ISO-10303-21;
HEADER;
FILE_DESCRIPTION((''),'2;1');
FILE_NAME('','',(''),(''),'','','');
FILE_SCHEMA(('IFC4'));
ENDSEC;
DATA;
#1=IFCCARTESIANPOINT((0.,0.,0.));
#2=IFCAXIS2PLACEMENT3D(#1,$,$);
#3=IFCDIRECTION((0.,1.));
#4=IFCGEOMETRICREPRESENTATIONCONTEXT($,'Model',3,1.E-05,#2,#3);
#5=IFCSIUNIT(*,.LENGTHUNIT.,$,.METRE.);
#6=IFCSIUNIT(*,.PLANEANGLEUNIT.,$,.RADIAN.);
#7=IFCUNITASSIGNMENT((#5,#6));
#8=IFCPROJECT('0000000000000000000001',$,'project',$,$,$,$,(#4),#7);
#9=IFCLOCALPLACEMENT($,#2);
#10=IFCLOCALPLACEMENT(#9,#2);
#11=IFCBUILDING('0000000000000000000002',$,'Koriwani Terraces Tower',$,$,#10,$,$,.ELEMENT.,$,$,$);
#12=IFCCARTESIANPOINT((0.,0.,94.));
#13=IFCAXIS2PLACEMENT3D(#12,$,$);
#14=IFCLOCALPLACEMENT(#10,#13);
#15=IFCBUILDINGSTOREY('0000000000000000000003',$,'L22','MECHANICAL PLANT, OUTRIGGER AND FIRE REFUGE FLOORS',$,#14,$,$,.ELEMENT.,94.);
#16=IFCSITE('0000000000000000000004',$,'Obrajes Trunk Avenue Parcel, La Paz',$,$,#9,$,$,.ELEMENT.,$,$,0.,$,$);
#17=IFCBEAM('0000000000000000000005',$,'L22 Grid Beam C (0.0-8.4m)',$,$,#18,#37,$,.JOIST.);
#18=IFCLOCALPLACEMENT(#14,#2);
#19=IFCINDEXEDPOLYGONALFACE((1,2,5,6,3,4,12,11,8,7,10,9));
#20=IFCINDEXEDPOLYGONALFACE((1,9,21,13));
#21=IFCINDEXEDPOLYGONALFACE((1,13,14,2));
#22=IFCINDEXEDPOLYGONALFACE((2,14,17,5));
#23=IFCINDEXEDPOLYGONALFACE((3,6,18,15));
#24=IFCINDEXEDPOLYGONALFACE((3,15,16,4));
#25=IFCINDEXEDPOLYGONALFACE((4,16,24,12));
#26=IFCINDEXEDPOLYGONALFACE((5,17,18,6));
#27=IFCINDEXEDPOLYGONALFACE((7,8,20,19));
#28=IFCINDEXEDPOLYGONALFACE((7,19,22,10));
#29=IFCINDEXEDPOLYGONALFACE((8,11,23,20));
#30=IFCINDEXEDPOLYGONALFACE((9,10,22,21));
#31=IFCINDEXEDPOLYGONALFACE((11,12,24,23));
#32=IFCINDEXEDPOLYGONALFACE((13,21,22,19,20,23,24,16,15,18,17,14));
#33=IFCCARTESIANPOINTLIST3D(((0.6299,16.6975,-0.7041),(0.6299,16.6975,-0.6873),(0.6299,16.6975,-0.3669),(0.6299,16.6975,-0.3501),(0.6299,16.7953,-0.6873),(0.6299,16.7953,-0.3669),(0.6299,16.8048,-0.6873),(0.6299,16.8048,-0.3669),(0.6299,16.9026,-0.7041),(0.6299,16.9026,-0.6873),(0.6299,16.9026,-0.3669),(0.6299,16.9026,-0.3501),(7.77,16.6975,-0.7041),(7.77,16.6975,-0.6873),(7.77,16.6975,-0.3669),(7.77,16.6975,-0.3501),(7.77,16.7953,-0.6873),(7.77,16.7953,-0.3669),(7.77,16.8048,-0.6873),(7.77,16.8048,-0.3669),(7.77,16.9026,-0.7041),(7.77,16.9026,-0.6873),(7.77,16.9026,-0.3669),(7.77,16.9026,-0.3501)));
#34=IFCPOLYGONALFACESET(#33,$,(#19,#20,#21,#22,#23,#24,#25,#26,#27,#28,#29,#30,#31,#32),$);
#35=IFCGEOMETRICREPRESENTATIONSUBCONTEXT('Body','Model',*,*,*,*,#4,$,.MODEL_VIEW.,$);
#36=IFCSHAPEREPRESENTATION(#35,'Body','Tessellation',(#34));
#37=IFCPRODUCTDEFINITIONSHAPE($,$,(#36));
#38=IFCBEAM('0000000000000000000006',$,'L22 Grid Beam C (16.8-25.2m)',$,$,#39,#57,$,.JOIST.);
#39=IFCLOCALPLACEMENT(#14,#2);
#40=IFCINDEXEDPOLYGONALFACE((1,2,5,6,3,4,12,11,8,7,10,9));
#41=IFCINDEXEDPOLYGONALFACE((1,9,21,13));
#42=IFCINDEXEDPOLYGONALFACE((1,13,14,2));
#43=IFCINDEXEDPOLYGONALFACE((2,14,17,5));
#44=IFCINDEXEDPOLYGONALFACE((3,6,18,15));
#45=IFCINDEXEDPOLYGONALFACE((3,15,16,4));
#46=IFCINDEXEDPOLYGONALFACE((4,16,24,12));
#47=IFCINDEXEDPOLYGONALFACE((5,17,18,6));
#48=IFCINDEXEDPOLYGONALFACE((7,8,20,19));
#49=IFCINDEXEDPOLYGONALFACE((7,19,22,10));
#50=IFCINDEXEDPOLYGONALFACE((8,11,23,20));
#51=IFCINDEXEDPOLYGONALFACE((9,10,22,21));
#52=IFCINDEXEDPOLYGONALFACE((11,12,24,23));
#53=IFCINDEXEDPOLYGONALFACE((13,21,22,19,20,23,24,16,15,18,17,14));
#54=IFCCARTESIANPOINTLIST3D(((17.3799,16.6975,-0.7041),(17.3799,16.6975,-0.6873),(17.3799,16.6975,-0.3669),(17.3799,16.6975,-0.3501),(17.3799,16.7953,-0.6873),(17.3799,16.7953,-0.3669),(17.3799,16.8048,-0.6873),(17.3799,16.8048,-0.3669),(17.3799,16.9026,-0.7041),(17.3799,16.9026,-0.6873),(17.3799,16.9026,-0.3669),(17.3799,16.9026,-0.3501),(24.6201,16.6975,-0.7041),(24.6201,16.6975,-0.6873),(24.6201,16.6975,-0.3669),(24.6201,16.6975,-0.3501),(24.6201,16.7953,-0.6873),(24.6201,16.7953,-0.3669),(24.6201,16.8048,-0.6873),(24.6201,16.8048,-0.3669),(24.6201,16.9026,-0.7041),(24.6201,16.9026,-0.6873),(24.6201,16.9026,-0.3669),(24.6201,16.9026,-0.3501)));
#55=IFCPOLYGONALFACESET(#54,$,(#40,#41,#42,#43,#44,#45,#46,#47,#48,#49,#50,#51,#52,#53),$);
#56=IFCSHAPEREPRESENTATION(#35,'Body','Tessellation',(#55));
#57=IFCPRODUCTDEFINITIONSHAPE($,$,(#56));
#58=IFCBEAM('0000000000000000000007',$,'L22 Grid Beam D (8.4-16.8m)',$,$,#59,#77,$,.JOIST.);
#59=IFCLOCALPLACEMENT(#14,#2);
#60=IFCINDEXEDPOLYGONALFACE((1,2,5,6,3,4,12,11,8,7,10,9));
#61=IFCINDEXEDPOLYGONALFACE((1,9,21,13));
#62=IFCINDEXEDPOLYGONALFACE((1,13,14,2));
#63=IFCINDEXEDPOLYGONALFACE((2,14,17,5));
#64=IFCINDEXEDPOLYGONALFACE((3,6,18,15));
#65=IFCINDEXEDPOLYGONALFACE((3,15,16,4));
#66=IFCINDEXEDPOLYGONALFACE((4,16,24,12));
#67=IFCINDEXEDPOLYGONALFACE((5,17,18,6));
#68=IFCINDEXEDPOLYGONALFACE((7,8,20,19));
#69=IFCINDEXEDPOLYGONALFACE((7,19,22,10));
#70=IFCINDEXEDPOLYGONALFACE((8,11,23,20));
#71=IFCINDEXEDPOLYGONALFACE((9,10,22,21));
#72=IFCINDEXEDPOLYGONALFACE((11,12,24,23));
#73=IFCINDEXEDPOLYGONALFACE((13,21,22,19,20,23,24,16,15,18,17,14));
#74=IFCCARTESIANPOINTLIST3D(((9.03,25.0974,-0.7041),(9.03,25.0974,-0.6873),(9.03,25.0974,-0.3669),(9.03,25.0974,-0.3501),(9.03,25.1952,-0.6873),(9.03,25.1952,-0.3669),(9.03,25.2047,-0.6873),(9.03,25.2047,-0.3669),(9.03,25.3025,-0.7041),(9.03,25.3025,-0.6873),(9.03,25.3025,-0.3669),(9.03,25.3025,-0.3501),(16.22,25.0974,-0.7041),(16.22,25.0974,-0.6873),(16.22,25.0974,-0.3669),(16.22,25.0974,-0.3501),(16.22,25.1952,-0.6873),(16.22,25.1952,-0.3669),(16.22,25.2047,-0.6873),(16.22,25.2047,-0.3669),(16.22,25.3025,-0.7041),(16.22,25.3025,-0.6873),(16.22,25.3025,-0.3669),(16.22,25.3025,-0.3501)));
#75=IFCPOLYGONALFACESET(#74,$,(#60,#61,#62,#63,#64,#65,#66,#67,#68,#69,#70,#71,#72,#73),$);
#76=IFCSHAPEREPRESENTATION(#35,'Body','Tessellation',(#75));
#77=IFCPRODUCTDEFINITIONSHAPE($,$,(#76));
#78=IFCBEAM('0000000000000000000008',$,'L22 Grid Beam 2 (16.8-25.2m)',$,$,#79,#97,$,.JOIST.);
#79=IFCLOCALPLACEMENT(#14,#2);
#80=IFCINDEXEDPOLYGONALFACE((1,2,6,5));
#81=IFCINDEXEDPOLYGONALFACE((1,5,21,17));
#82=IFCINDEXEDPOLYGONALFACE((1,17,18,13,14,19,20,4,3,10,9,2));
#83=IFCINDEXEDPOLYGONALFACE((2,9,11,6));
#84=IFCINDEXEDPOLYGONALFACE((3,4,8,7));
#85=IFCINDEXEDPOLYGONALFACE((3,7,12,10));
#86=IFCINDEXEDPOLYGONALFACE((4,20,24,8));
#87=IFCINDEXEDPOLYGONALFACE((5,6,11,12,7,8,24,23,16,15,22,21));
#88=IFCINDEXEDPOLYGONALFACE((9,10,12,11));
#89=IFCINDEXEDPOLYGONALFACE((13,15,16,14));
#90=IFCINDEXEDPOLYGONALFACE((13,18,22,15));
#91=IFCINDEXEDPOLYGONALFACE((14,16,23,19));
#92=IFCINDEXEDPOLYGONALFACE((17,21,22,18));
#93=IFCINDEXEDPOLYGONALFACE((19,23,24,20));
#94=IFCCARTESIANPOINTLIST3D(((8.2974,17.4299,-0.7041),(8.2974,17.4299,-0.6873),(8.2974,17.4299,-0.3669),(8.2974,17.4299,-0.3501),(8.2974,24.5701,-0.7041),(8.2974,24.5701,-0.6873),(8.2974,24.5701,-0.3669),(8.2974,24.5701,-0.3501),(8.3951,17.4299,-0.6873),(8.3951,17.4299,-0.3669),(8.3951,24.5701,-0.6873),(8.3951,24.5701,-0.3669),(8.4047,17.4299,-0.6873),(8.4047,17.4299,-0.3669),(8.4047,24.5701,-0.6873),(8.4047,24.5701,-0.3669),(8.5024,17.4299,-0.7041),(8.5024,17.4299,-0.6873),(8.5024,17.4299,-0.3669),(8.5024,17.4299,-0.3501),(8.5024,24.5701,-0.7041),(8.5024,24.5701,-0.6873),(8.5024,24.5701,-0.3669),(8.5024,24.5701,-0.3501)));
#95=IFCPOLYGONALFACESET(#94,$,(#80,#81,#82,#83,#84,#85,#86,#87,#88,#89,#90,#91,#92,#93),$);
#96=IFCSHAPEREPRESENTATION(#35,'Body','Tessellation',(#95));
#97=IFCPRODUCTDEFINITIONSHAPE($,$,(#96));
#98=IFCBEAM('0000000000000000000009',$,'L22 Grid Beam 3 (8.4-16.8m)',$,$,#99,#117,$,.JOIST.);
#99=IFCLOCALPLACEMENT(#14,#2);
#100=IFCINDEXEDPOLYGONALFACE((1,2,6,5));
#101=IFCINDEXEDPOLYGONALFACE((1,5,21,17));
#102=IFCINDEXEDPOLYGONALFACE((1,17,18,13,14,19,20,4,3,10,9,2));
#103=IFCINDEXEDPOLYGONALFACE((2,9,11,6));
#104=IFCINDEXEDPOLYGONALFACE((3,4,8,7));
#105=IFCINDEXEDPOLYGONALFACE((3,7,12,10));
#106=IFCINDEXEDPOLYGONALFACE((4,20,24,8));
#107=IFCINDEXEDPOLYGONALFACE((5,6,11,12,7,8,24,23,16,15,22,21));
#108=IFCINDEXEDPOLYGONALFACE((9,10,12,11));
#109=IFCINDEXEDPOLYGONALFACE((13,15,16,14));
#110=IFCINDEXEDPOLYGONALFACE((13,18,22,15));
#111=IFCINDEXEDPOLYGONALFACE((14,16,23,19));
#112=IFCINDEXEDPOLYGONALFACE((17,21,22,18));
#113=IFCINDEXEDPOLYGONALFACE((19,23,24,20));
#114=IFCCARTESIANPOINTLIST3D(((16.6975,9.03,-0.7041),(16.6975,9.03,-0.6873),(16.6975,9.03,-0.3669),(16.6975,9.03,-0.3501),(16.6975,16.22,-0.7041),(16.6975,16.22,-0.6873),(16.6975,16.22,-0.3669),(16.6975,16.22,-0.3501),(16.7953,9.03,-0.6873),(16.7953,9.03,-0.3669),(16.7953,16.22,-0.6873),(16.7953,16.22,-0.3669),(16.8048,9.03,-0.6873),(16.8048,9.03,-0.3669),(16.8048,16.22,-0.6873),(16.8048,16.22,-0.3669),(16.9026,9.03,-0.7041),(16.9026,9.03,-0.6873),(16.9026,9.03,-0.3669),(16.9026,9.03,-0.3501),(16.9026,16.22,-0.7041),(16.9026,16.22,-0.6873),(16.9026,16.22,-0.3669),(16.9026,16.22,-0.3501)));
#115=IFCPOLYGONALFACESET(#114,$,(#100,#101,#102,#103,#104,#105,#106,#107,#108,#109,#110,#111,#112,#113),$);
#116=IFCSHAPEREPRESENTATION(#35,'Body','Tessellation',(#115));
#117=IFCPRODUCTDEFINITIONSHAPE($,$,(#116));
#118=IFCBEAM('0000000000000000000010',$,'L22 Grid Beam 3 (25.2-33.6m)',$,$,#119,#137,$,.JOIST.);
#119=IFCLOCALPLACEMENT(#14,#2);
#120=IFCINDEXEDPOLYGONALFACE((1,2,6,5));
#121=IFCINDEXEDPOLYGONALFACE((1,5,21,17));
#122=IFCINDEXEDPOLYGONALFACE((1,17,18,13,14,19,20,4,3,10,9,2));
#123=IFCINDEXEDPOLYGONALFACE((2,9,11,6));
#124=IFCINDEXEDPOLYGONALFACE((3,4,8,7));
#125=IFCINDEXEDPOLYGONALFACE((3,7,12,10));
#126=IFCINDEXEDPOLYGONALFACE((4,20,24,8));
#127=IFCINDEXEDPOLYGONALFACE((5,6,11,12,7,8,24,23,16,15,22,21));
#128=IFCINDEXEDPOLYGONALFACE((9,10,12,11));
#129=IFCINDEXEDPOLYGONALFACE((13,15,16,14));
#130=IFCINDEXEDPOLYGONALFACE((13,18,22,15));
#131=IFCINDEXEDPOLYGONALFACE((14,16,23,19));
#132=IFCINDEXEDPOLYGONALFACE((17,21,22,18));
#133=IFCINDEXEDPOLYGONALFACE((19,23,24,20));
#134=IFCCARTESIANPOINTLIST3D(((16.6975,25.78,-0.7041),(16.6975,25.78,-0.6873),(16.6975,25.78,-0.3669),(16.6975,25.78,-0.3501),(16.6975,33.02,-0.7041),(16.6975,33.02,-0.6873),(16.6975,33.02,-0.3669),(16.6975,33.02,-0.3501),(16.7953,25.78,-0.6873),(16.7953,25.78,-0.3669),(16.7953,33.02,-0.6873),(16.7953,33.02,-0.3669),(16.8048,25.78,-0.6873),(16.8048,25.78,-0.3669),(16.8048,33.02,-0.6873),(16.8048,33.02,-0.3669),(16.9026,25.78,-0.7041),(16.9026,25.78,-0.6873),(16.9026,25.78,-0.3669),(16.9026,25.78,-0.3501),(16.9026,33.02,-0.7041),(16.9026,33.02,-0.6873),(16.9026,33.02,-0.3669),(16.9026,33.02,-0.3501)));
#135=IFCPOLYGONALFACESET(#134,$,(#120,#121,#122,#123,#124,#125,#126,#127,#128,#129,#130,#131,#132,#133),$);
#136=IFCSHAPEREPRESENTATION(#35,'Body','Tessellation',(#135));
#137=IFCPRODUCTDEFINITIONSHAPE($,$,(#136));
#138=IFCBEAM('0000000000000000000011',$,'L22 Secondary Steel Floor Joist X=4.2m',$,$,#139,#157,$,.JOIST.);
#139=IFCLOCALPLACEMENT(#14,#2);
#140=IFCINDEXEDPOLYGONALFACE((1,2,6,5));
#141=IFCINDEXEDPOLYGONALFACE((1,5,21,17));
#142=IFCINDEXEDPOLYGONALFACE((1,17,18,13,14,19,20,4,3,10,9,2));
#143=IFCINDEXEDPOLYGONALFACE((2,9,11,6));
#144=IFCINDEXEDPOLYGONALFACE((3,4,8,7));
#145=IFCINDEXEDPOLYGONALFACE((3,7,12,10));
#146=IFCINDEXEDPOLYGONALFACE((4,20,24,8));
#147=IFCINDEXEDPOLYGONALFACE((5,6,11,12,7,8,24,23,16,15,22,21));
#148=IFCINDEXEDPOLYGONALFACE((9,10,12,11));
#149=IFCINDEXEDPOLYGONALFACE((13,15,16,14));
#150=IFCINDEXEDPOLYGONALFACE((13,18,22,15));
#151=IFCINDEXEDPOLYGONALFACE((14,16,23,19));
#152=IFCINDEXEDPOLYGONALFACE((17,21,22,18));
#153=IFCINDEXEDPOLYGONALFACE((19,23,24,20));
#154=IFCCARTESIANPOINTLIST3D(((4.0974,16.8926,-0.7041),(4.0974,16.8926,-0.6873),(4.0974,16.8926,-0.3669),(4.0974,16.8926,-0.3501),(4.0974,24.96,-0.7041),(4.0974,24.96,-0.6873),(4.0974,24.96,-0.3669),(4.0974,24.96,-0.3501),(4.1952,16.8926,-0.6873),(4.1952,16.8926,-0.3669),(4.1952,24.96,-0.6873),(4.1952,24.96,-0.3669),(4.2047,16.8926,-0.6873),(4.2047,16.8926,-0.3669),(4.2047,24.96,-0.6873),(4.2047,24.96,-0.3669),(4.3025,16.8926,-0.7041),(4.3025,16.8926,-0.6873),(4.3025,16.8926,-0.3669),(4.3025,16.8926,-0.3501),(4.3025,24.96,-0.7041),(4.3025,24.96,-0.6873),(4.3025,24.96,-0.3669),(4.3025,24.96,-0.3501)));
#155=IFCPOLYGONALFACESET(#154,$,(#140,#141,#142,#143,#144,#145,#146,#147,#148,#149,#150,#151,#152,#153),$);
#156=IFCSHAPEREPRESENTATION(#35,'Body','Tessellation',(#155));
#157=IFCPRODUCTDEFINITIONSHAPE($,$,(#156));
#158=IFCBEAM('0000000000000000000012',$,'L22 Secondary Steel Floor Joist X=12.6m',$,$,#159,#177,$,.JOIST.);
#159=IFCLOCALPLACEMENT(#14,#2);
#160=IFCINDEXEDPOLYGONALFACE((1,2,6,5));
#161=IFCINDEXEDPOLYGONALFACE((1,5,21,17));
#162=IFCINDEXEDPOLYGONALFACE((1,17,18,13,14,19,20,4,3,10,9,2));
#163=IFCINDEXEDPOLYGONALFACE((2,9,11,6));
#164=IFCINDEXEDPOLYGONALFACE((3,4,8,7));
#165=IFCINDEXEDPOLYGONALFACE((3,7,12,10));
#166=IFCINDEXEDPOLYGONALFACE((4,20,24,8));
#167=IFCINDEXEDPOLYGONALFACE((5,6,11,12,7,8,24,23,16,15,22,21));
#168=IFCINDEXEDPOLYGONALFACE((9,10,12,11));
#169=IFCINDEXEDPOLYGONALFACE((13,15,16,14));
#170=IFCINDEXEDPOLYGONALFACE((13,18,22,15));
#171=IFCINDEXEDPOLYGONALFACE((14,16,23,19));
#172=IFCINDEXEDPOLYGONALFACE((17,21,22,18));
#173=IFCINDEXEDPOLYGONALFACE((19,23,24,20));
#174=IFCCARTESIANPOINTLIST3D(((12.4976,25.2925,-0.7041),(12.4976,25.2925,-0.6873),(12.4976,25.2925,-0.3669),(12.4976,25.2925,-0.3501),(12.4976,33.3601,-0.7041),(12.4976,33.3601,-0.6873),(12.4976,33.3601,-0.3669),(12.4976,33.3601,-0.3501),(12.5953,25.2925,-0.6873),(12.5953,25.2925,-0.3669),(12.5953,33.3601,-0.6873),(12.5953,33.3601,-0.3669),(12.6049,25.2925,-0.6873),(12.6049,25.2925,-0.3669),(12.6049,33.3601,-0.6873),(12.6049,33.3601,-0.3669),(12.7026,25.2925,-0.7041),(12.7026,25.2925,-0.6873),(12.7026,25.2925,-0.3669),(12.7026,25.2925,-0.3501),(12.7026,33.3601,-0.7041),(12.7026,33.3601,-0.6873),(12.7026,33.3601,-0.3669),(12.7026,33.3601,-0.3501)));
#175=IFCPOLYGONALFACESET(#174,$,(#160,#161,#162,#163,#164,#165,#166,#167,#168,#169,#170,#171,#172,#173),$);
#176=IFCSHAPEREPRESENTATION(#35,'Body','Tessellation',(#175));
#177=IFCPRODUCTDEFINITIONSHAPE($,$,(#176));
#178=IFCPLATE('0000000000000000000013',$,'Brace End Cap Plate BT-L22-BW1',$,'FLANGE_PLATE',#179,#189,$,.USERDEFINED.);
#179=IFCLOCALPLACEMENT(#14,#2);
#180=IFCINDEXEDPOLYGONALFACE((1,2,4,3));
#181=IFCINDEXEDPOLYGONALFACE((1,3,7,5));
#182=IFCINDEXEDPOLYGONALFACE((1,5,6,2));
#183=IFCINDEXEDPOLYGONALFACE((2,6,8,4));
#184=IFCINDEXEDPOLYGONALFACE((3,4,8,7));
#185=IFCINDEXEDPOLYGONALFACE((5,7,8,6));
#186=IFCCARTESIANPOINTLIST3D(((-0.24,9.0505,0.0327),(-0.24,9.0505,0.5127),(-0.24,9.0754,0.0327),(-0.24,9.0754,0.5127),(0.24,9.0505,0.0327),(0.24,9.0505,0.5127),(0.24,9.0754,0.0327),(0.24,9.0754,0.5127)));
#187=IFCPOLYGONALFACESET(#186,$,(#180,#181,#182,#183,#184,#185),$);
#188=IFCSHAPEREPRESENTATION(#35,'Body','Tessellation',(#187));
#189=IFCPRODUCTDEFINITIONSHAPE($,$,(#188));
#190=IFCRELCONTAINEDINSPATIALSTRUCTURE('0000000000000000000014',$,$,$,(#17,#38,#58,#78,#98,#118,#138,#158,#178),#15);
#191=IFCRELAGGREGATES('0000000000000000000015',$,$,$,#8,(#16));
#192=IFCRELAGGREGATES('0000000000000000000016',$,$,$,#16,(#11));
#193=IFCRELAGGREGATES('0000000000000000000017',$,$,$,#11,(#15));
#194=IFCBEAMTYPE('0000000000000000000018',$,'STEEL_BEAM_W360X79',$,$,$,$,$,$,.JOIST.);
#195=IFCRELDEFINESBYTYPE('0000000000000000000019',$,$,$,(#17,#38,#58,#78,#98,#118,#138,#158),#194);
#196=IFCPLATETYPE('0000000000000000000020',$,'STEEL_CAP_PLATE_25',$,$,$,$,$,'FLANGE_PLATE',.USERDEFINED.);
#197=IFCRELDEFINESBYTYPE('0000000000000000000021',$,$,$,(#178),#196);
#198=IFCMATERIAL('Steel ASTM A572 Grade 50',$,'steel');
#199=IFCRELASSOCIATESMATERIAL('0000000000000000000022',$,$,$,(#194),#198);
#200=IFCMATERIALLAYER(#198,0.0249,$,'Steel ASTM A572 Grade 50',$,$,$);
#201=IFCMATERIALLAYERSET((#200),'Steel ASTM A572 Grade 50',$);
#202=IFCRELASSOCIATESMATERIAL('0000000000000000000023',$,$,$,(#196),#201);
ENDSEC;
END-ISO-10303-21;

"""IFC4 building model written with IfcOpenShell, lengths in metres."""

from ifc_helpers import new_model, si_unit, direction, frame, origin, origin_2d, place, context, subcontext, project, spatial, rectangle, i_section, extrude, material, layer, layer_set, material_profile, profile_set, type_object, element, save


model = new_model("IFC4")

# Units and contexts
model_context = context("Model", 3, precision=1e-05, world=origin(), true_north=direction((0.0, 1.0)))
body_context = subcontext(model_context, "Body", "Model", "MODEL_VIEW")
ifc_project = project(units=[si_unit("LENGTHUNIT", "METRE"), si_unit("PLANEANGLEUNIT", "RADIAN")], contexts=[model_context])

# Site, building, storey
site_placement = place(None, origin())
site = spatial("IfcSite", under=ifc_project, at=site_placement, Name="Obrajes Trunk Avenue Parcel, La Paz", CompositionType="ELEMENT", RefElevation=0.0)
building_placement = place(site_placement, origin())
building = spatial("IfcBuilding", under=site, at=building_placement, Name="Koriwani Terraces Tower", CompositionType="ELEMENT")
storey_placement = place(building_placement, frame((0.0, 0.0, 94.0)))
storey = spatial("IfcBuildingStorey", under=building, at=storey_placement, Name="L22", Description="MECHANICAL PLANT, OUTRIGGER AND FIRE REFUGE FLOORS", CompositionType="ELEMENT", Elevation=94.0)

# Shared definitions
ifc_material_1 = material(Name="Steel ASTM A572 Grade 50", Category="steel")

# Beams
ifc_material_profile_1 = material_profile(ifc_material_1, i_section(OverallWidth=0.2051, OverallDepth=0.354, WebThickness=0.0095, FlangeThickness=0.0168, at=origin_2d()), Name="Steel ASTM A572 Grade 50", Category="LoadBearing")
ifc_profile_set_1 = profile_set([ifc_material_profile_1], Name="Steel ASTM A572 Grade 50")
beam_type_1 = type_object("IfcBeamType", Name="STEEL_BEAM_W360X79", PredefinedType="JOIST", material=ifc_profile_set_1)
beam_1_placement = place(storey_placement, frame((0.6299, 16.8, -0.5271), z_axis=(1.0, 0.0, 0.0), x_axis=(0.0, 1.0, 0.0)))
element("IfcBeam", 1, at=beam_1_placement, inside=storey, type_object=beam_type_1, Name="L22 Grid Beam C (0.0-8.4m)", PredefinedType="JOIST", context=body_context, shape_type="SweptSolid", body=[
    extrude(i_section(OverallWidth=0.2051, OverallDepth=0.354, WebThickness=0.0095, FlangeThickness=0.0168, at=origin_2d()), origin(), (0.0, 0.0, 1.0), 7.1401),
])
beam_2_placement = place(storey_placement, frame((17.3799, 16.8, -0.5271), z_axis=(1.0, 0.0, 0.0), x_axis=(0.0, 1.0, 0.0)))
element("IfcBeam", 2, at=beam_2_placement, inside=storey, type_object=beam_type_1, Name="L22 Grid Beam C (16.8-25.2m)", PredefinedType="JOIST", context=body_context, shape_type="SweptSolid", body=[
    extrude(i_section(OverallWidth=0.2051, OverallDepth=0.354, WebThickness=0.0095, FlangeThickness=0.0168, at=origin_2d()), origin(), (0.0, 0.0, 1.0), 7.2402),
])
beam_3_placement = place(storey_placement, frame((9.03, 25.2, -0.5271), z_axis=(1.0, 0.0, 0.0), x_axis=(0.0, 1.0, 0.0)))
element("IfcBeam", 3, at=beam_3_placement, inside=storey, type_object=beam_type_1, Name="L22 Grid Beam D (8.4-16.8m)", PredefinedType="JOIST", context=body_context, shape_type="SweptSolid", body=[
    extrude(i_section(OverallWidth=0.2051, OverallDepth=0.354, WebThickness=0.0095, FlangeThickness=0.0168, at=origin_2d()), origin(), (0.0, 0.0, 1.0), 7.1899),
])
beam_4_placement = place(storey_placement, frame((8.3999, 17.4299, -0.5271), z_axis=(0.0, 1.0, 0.0), x_axis=(-1.0, 0.0, 0.0)))
element("IfcBeam", 4, at=beam_4_placement, inside=storey, type_object=beam_type_1, Name="L22 Grid Beam 2 (16.8-25.2m)", PredefinedType="JOIST", context=body_context, shape_type="SweptSolid", body=[
    extrude(i_section(OverallWidth=0.2051, OverallDepth=0.354, WebThickness=0.0095, FlangeThickness=0.0168, at=origin_2d()), origin(), (0.0, 0.0, 1.0), 7.1401),
])
beam_5_placement = place(storey_placement, frame((16.8, 9.03, -0.5271), z_axis=(0.0, 1.0, 0.0), x_axis=(-1.0, 0.0, 0.0)))
element("IfcBeam", 5, at=beam_5_placement, inside=storey, type_object=beam_type_1, Name="L22 Grid Beam 3 (8.4-16.8m)", PredefinedType="JOIST", context=body_context, shape_type="SweptSolid", body=[
    extrude(i_section(OverallWidth=0.2051, OverallDepth=0.354, WebThickness=0.0095, FlangeThickness=0.0168, at=origin_2d()), origin(), (0.0, 0.0, 1.0), 7.1899),
])
beam_6_placement = place(storey_placement, frame((16.8, 25.78, -0.5271), z_axis=(0.0, 1.0, 0.0), x_axis=(-1.0, 0.0, 0.0)))
element("IfcBeam", 6, at=beam_6_placement, inside=storey, type_object=beam_type_1, Name="L22 Grid Beam 3 (25.2-33.6m)", PredefinedType="JOIST", context=body_context, shape_type="SweptSolid", body=[
    extrude(i_section(OverallWidth=0.2051, OverallDepth=0.354, WebThickness=0.0095, FlangeThickness=0.0168, at=origin_2d()), origin(), (0.0, 0.0, 1.0), 7.24),
])
beam_7_placement = place(storey_placement, frame((4.2, 16.8926, -0.5271), z_axis=(0.0, 1.0, 0.0), x_axis=(-1.0, 0.0, 0.0)))
element("IfcBeam", 7, at=beam_7_placement, inside=storey, type_object=beam_type_1, Name="L22 Secondary Steel Floor Joist X=4.2m", PredefinedType="JOIST", context=body_context, shape_type="SweptSolid", body=[
    extrude(i_section(OverallWidth=0.2051, OverallDepth=0.354, WebThickness=0.0095, FlangeThickness=0.0168, at=origin_2d()), origin(), (0.0, 0.0, 1.0), 8.0674),
])
beam_8_placement = place(storey_placement, frame((12.6001, 25.2925, -0.5271), z_axis=(0.0, 1.0, 0.0), x_axis=(-1.0, 0.0, 0.0)))
element("IfcBeam", 8, at=beam_8_placement, inside=storey, type_object=beam_type_1, Name="L22 Secondary Steel Floor Joist X=12.6m", PredefinedType="JOIST", context=body_context, shape_type="SweptSolid", body=[
    extrude(i_section(OverallWidth=0.2051, OverallDepth=0.354, WebThickness=0.0095, FlangeThickness=0.0168, at=origin_2d()), origin(), (0.0, 0.0, 1.0), 8.0676),
])

# Plate
ifc_layer_1 = layer(ifc_material_1, 0.0249, Name="Steel ASTM A572 Grade 50")
ifc_layer_set_1 = layer_set([ifc_layer_1], Name="Steel ASTM A572 Grade 50")
plate_type_1 = type_object("IfcPlateType", Name="STEEL_CAP_PLATE_25", ElementType="FLANGE_PLATE", PredefinedType="USERDEFINED", material=ifc_layer_set_1)
plate_1_placement = place(storey_placement, frame((0.0, 9.063, 0.0327), z_axis=(0.0, 0.0, 1.0), x_axis=(0.0, 1.0, 0.0)))
element("IfcPlate", 9, at=plate_1_placement, inside=storey, type_object=plate_type_1, Name="Brace End Cap Plate BT-L22-BW1", ObjectType="FLANGE_PLATE", PredefinedType="USERDEFINED", context=body_context, shape_type="SweptSolid", body=[
    extrude(rectangle(XDim=0.0249, YDim=0.48, at=origin_2d()), origin(), (0.0, 0.0, 1.0), 0.48),
])

save(model, "model.ifc")
